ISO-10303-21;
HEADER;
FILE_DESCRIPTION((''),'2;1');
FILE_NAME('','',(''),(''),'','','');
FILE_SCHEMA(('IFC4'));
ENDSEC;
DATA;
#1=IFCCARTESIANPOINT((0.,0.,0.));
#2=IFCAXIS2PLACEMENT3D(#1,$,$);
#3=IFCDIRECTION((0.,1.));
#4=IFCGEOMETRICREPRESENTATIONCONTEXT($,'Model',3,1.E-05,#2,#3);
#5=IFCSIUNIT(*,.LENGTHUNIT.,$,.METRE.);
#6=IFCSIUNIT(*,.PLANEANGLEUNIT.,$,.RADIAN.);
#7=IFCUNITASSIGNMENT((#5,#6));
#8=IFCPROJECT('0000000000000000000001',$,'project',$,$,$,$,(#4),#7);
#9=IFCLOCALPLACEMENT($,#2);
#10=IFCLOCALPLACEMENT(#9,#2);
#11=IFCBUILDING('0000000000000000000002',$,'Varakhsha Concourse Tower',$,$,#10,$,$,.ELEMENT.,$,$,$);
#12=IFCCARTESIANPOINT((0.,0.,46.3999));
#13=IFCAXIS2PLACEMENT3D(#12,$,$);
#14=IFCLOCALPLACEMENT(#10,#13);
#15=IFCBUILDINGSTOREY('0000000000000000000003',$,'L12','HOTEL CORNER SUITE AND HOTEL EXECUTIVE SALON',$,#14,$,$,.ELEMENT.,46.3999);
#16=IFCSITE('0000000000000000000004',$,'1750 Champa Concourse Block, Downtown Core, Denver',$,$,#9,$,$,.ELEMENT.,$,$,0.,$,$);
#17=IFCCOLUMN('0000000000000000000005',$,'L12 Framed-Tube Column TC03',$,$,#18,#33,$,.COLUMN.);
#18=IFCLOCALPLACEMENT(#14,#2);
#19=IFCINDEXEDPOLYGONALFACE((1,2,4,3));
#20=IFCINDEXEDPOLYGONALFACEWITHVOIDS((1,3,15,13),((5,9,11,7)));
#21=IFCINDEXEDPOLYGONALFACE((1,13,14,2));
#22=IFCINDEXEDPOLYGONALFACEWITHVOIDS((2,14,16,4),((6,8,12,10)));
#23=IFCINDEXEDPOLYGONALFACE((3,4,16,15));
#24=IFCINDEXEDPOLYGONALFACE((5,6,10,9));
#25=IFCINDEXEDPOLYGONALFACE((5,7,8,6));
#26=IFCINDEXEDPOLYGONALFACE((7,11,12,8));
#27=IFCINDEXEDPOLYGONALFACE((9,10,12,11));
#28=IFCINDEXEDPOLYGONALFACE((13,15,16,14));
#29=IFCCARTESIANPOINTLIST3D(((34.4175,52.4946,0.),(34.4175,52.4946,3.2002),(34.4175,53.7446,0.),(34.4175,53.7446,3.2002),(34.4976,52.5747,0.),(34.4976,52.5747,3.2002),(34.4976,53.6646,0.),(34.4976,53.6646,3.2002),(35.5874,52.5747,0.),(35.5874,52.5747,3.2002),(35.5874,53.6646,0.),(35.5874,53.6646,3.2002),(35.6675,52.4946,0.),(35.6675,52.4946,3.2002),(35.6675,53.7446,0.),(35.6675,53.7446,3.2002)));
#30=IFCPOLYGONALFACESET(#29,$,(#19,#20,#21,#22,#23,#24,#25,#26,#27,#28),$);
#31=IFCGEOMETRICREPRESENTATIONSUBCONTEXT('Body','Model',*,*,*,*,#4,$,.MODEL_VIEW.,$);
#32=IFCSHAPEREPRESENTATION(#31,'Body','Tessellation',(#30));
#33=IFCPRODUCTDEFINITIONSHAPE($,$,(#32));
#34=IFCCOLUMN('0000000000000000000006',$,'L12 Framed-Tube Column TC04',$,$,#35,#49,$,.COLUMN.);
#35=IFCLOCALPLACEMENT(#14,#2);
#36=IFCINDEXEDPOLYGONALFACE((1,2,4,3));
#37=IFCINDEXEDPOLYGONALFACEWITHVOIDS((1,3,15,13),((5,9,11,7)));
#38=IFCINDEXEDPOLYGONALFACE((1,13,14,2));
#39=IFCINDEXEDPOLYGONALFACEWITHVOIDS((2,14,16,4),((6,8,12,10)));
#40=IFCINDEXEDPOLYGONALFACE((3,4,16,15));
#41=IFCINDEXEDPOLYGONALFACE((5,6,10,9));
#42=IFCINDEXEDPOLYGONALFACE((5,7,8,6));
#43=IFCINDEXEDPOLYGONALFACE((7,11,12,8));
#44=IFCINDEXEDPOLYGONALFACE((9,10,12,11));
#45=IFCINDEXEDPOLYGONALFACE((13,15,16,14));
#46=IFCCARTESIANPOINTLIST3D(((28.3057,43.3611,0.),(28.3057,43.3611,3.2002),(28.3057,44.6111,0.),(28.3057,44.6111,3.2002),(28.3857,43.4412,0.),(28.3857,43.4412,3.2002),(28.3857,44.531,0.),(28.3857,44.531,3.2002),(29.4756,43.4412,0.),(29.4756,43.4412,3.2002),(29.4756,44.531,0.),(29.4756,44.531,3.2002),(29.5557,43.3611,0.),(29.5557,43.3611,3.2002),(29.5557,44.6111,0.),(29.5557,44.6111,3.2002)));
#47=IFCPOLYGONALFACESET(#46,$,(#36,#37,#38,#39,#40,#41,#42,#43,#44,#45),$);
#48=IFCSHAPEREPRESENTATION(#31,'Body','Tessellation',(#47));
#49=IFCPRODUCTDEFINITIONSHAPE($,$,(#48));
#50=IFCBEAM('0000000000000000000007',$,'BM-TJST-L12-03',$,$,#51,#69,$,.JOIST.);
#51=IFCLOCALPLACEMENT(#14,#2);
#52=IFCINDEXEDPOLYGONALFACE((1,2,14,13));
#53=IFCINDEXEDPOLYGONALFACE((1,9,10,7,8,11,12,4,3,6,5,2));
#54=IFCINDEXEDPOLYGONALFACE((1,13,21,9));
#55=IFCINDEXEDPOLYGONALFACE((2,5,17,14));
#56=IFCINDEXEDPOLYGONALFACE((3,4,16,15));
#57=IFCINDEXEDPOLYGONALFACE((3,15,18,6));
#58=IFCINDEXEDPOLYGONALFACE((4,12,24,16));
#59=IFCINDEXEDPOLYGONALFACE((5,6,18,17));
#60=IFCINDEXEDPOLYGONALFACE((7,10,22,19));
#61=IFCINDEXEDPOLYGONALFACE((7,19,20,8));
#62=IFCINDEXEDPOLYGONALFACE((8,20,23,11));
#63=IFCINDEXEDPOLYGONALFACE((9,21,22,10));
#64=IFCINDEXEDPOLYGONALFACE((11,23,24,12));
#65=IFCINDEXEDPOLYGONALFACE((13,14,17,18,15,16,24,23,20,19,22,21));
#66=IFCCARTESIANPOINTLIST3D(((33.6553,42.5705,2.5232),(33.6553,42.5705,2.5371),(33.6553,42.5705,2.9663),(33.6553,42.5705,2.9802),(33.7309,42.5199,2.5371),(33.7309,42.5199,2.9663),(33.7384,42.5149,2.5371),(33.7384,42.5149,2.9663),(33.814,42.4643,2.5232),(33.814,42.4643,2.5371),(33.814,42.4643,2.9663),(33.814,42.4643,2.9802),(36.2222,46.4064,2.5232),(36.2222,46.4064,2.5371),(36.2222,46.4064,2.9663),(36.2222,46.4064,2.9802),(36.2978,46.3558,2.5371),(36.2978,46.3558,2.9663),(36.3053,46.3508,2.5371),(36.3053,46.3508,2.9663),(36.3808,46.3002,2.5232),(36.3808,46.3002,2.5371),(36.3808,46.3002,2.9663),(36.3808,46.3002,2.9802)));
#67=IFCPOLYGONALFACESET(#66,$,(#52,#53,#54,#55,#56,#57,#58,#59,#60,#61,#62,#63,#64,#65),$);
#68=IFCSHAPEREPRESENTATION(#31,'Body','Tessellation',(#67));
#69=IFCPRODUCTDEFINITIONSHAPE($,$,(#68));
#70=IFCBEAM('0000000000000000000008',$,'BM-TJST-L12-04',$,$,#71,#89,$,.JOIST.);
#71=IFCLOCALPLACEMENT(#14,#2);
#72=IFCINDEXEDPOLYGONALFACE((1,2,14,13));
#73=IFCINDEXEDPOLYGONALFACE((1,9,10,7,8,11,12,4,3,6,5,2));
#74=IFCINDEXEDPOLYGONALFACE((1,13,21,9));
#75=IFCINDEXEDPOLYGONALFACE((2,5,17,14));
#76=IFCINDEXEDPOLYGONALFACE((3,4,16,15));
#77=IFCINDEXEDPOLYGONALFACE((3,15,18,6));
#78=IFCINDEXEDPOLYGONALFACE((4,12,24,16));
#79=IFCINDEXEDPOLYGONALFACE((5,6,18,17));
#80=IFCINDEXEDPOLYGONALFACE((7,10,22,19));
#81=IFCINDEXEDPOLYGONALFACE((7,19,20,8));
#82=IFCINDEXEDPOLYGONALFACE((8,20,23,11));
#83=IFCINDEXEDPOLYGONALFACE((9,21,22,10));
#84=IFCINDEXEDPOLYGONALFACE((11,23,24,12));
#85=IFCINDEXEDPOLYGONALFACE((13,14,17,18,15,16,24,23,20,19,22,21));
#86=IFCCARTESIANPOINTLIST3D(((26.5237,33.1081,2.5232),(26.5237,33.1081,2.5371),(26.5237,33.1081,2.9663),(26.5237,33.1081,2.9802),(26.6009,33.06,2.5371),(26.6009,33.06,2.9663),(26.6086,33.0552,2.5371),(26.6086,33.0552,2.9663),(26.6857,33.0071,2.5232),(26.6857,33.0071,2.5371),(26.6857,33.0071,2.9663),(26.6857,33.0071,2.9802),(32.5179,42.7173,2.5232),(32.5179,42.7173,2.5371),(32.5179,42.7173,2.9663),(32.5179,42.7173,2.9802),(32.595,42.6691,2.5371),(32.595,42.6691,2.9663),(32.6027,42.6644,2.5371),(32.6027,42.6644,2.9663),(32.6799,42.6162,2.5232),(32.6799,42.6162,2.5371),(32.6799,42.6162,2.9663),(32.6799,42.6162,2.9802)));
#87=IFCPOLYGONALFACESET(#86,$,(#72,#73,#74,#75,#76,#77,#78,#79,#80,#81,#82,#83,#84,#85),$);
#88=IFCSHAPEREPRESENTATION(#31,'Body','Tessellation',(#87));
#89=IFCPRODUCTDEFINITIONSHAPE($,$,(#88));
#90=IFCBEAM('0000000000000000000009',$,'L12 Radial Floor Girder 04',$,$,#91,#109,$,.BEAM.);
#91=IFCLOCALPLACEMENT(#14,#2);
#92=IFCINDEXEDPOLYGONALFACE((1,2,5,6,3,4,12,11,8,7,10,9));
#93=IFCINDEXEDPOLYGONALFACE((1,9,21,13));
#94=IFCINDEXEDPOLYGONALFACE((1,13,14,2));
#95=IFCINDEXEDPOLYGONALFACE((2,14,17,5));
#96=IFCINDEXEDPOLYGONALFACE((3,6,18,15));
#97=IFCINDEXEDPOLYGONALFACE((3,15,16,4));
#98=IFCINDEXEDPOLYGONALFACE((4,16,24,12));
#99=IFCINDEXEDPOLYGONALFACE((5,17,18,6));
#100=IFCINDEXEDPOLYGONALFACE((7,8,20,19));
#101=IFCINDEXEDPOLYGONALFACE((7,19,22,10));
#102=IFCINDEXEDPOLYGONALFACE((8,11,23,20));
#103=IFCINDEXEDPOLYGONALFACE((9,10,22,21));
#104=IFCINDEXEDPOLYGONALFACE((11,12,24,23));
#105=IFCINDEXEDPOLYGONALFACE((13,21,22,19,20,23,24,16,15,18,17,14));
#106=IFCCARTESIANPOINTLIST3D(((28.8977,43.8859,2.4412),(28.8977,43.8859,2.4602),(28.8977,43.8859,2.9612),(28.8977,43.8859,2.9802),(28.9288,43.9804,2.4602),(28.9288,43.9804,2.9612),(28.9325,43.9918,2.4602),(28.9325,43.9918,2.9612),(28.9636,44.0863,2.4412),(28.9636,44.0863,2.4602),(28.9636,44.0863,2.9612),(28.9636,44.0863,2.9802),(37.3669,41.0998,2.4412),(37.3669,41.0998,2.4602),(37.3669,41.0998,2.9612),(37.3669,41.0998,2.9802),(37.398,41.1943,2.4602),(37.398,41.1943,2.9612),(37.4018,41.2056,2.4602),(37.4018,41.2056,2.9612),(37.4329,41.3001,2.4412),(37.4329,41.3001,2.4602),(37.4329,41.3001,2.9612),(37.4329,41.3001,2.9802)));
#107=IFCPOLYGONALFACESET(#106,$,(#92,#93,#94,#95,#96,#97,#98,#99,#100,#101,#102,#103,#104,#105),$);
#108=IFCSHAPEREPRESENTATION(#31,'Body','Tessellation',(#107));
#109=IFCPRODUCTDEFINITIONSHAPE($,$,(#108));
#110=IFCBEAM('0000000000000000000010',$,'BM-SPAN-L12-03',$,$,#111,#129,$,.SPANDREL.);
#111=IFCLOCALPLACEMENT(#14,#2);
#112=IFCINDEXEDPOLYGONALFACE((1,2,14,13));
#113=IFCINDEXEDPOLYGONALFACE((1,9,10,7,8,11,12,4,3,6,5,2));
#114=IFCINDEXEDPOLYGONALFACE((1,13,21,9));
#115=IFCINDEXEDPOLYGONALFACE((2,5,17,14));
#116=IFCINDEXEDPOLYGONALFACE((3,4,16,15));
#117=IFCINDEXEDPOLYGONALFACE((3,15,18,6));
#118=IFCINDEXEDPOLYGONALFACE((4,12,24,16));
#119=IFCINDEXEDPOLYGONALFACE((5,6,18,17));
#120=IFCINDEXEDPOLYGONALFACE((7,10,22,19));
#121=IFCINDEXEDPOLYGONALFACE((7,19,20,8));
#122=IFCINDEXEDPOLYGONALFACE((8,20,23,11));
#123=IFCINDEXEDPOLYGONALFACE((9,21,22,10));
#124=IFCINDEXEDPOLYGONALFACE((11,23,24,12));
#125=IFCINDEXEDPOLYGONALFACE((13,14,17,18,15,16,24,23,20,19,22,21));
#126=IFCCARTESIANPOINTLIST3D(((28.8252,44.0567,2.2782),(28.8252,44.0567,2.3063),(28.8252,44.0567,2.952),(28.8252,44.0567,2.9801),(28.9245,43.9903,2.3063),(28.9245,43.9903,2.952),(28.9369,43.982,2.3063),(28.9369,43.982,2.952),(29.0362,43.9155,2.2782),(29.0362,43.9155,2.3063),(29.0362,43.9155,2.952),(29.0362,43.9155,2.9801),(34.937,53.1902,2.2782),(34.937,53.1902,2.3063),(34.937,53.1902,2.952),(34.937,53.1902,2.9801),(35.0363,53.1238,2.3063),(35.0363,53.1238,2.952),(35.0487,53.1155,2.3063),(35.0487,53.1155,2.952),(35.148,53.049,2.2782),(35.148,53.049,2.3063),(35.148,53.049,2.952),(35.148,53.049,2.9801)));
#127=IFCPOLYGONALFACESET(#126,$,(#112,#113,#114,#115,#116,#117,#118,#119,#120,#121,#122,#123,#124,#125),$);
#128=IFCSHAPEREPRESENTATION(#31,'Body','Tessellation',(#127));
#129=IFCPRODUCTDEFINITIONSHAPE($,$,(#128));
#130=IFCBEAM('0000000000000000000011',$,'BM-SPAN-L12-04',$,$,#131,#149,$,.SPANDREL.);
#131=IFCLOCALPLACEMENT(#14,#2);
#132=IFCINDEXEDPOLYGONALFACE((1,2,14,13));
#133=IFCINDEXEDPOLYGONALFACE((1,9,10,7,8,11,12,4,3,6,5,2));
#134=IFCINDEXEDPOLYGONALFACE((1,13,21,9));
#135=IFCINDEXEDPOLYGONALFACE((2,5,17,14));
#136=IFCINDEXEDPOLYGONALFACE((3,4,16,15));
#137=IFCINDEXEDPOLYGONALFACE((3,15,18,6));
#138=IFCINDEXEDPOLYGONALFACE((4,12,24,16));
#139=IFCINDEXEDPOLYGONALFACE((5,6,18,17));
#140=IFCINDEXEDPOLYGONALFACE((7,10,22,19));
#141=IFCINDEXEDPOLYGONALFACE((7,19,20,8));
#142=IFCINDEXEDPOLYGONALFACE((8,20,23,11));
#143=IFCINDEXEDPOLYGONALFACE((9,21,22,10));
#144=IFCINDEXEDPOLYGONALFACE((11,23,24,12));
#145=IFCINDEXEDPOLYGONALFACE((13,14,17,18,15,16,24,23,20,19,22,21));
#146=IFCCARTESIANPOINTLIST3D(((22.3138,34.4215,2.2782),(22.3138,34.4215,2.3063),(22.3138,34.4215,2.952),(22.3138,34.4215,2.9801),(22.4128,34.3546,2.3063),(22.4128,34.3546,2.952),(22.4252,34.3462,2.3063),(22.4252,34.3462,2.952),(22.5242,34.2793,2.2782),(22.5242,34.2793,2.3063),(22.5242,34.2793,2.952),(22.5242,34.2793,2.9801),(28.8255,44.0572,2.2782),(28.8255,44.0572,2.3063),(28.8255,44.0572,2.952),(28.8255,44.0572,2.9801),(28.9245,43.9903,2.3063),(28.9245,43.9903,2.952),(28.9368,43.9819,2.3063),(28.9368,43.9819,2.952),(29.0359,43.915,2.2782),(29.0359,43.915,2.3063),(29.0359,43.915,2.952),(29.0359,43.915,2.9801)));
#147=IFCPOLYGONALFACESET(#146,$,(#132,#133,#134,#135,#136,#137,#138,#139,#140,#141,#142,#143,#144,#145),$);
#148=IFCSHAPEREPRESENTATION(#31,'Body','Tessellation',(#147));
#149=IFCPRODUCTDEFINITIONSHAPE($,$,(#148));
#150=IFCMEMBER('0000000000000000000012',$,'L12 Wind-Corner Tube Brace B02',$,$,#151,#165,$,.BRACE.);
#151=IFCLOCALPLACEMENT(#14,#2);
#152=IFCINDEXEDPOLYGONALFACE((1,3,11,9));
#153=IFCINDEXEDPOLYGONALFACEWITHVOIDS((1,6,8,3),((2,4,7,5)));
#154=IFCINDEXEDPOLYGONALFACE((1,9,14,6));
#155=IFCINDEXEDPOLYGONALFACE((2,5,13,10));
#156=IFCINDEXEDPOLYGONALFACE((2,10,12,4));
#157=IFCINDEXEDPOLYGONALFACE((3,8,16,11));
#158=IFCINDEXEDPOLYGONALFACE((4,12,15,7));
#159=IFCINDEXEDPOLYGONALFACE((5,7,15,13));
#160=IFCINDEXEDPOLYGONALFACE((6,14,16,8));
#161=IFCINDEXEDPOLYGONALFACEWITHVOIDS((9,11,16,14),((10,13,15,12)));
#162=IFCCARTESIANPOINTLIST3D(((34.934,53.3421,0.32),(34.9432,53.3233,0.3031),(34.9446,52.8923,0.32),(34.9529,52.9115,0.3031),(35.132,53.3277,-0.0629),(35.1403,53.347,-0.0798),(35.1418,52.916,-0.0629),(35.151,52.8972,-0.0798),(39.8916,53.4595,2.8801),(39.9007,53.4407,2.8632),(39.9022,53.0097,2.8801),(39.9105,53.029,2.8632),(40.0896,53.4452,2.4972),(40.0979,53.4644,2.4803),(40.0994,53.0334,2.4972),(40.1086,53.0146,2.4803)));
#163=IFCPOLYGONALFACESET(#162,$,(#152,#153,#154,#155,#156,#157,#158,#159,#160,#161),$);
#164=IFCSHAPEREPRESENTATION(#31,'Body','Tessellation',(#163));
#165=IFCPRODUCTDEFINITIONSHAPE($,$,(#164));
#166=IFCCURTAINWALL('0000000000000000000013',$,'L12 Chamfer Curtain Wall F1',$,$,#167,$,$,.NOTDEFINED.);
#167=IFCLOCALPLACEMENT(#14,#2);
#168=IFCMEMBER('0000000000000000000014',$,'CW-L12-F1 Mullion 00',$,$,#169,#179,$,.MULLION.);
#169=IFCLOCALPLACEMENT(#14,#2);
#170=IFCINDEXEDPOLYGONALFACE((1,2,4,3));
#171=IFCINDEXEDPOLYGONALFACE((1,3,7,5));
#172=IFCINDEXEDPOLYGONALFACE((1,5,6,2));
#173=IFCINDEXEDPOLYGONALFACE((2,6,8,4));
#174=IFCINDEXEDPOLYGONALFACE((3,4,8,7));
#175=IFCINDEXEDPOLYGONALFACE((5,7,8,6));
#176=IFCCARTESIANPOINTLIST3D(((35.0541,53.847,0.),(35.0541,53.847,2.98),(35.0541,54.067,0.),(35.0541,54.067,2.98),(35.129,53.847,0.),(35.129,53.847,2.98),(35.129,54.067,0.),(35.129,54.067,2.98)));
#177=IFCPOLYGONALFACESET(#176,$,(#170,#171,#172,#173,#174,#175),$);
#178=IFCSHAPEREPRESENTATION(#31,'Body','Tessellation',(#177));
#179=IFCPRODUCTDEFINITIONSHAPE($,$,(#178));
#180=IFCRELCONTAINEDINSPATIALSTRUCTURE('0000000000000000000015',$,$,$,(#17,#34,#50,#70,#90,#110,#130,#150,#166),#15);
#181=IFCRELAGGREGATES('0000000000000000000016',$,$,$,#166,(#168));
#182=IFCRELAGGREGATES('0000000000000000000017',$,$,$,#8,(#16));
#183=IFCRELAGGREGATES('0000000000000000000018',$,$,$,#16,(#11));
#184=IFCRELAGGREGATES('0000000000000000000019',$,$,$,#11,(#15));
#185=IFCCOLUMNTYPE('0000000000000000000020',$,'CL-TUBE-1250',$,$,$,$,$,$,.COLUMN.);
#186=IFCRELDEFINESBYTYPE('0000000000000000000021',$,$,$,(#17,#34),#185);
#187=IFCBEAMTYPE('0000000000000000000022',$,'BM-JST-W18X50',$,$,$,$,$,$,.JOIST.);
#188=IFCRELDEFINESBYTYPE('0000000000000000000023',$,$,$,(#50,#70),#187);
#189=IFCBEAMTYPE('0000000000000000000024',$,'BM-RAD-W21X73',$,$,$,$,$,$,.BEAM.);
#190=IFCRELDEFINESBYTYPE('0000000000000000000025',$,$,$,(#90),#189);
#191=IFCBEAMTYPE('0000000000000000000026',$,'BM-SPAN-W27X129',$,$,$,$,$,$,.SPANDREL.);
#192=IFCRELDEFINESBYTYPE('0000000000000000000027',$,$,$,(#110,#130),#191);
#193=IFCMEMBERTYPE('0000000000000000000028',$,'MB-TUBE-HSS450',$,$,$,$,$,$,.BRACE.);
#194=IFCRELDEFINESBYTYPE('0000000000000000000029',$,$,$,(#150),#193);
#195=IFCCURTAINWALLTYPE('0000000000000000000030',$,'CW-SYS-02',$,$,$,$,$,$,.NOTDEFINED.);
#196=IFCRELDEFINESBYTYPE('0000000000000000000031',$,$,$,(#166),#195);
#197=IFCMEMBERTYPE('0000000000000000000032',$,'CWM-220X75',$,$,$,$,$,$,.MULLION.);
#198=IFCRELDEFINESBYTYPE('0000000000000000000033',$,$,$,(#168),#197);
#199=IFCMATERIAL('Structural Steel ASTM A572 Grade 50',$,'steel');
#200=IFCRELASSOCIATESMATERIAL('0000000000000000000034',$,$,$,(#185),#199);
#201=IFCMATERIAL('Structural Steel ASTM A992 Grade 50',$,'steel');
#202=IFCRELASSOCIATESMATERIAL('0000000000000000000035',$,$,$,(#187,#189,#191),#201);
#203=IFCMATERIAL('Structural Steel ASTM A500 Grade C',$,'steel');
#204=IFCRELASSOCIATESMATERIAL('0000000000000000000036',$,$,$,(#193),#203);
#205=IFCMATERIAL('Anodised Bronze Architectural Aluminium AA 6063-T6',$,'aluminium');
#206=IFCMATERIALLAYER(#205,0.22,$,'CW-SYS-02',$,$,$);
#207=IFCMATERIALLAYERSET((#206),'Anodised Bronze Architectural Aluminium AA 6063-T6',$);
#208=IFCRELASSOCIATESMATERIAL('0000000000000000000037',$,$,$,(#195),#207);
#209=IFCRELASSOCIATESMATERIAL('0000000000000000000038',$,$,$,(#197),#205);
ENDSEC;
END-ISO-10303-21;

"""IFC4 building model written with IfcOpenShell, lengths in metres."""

from ifc_helpers import new_model, si_unit, direction, frame, origin, origin_2d, place, context, subcontext, project, spatial, rectangle, hollow_rectangle, i_section, extrude, source, transform, mapped, material, layer, layer_set, material_profile, profile_set, type_object, type_shapes, element, aggregate, save


model = new_model("IFC4")

# Units and contexts
model_context = context("Model", 3, precision=1e-05, world=origin(), true_north=direction((0.0, 1.0)))
body_context = subcontext(model_context, "Body", "Model", "MODEL_VIEW")
ifc_project = project(units=[si_unit("LENGTHUNIT", "METRE"), si_unit("PLANEANGLEUNIT", "RADIAN")], contexts=[model_context])

# Site, building, storey
site_placement = place(None, origin())
site = spatial("IfcSite", under=ifc_project, at=site_placement, Name="1750 Champa Concourse Block, Downtown Core, Denver", CompositionType="ELEMENT", RefElevation=0.0)
building_placement = place(site_placement, origin())
building = spatial("IfcBuilding", under=site, at=building_placement, Name="Varakhsha Concourse Tower", CompositionType="ELEMENT")
storey_placement = place(building_placement, frame((0.0, 0.0, 46.3999)))
storey = spatial("IfcBuildingStorey", under=building, at=storey_placement, Name="L12", Description="HOTEL CORNER SUITE AND HOTEL EXECUTIVE SALON", CompositionType="ELEMENT", Elevation=46.3999)

# Columns
ifc_material_1 = material(Name="Structural Steel ASTM A572 Grade 50", Category="steel")
ifc_material_profile_1 = material_profile(ifc_material_1, hollow_rectangle(XDim=1.25, YDim=1.25, WallThickness=0.0801, at=origin_2d()), Name="BOX 1250x1250x80")
ifc_profile_set_1 = profile_set([ifc_material_profile_1], Name="Structural Steel ASTM A572 Grade 50")
column_type = type_object("IfcColumnType", Name="CL-TUBE-1250", PredefinedType="COLUMN", material=ifc_profile_set_1)
for number, where, z_axis, x_axis, name in (
    (1, (35.0425, 53.1196, 0.0), (0.0, 0.0, 1.0), (1.0, 0.0, 0.0), "L12 Framed-Tube Column TC03"),
    (2, (28.9307, 43.9861, 0.0), (0.0, 0.0, 1.0), (1.0, 0.0, 0.0), "L12 Framed-Tube Column TC04"),
):
    element("IfcColumn", number, at=place(storey_placement, frame(where, z_axis=z_axis, x_axis=x_axis)), inside=storey, type_object=column_type, Name=name, PredefinedType="COLUMN", context=body_context, shape_type="SweptSolid", body=[
        extrude(hollow_rectangle(XDim=1.25, YDim=1.25, WallThickness=0.0801, at=origin_2d()), origin(), (0.0, 0.0, 1.0), 3.2002),
    ])

# Beams
ifc_material_2 = material(Name="Structural Steel ASTM A992 Grade 50", Category="steel")
ifc_material_profile_2 = material_profile(ifc_material_2, i_section(OverallWidth=0.1909, OverallDepth=0.457, WebThickness=0.009, FlangeThickness=0.0139, at=origin_2d()), Name="W18X50")
ifc_profile_set_2 = profile_set([ifc_material_profile_2], Name="Structural Steel ASTM A992 Grade 50")
beam_type_1 = type_object("IfcBeamType", Name="BM-JST-W18X50", PredefinedType="JOIST", material=ifc_profile_set_2)
beam_1_placement = place(storey_placement, frame((36.3015, 46.3533, 2.7517), z_axis=(-0.55614, -0.831089, 0.0), x_axis=(0.831089, -0.55614, 0.0)))
element("IfcBeam", 3, at=beam_1_placement, inside=storey, type_object=beam_type_1, Name="BM-TJST-L12-03", PredefinedType="JOIST", context=body_context, shape_type="SweptSolid", body=[
    extrude(i_section(OverallWidth=0.1909, OverallDepth=0.457, WebThickness=0.009, FlangeThickness=0.0139, at=origin_2d()), origin(), (0.0, 0.0, 1.0), 4.6155),
])
beam_2_placement = place(storey_placement, frame((32.5989, 42.6667, 2.7517), z_axis=(-0.529264, -0.848457, 0.0), x_axis=(0.848457, -0.529264, 0.0)))
element("IfcBeam", 4, at=beam_2_placement, inside=storey, type_object=beam_type_1, Name="BM-TJST-L12-04", PredefinedType="JOIST", context=body_context, shape_type="SweptSolid", body=[
    extrude(i_section(OverallWidth=0.1909, OverallDepth=0.457, WebThickness=0.009, FlangeThickness=0.0139, at=origin_2d()), origin(), (0.0, 0.0, 1.0), 11.3254),
])
ifc_material_profile_3 = material_profile(ifc_material_2, i_section(OverallWidth=0.2109, OverallDepth=0.5391, WebThickness=0.012, FlangeThickness=0.019, at=origin_2d()), Name="W21X73")
ifc_profile_set_3 = profile_set([ifc_material_profile_3], Name="Structural Steel ASTM A992 Grade 50")
beam_type_2 = type_object("IfcBeamType", Name="BM-RAD-W21X73", PredefinedType="BEAM", material=ifc_profile_set_3)
beam_3_placement = place(storey_placement, frame((37.3999, 41.2, 2.7107), z_axis=(-0.949919, 0.312496, 0.0), x_axis=(-0.312496, -0.949919, 0.0)))
element("IfcBeam", 5, at=beam_3_placement, inside=storey, type_object=beam_type_2, Name="L12 Radial Floor Girder 04", PredefinedType="BEAM", context=body_context, shape_type="SweptSolid", body=[
    extrude(i_section(OverallWidth=0.2109, OverallDepth=0.5391, WebThickness=0.012, FlangeThickness=0.019, at=origin_2d()), origin(), (0.0, 0.0, 1.0), 8.9158),
])
ifc_material_profile_4 = material_profile(ifc_material_2, i_section(OverallWidth=0.2539, OverallDepth=0.7019, WebThickness=0.0149, FlangeThickness=0.0281, at=origin_2d()), Name="W27X129")
ifc_profile_set_4 = profile_set([ifc_material_profile_4], Name="Structural Steel ASTM A992 Grade 50")
beam_type_3 = type_object("IfcBeamType", Name="BM-SPAN-W27X129", PredefinedType="SPANDREL", material=ifc_profile_set_4)
beam_4_placement = place(storey_placement, frame((35.0425, 53.1196, 2.6292), z_axis=(-0.556135, -0.831092, 0.0), x_axis=(0.831092, -0.556135, 0.0)))
element("IfcBeam", 6, at=beam_4_placement, inside=storey, type_object=beam_type_3, Name="BM-SPAN-L12-03", PredefinedType="SPANDREL", context=body_context, shape_type="SweptSolid", body=[
    extrude(i_section(OverallWidth=0.2539, OverallDepth=0.7019, WebThickness=0.0149, FlangeThickness=0.0281, at=origin_2d()), origin(), (0.0, 0.0, 1.0), 10.9897),
])
beam_5_placement = place(storey_placement, frame((28.9307, 43.9861, 2.6292), z_axis=(-0.559921, -0.828546, 0.0), x_axis=(0.828546, -0.559921, 0.0)))
element("IfcBeam", 7, at=beam_5_placement, inside=storey, type_object=beam_type_3, Name="BM-SPAN-L12-04", PredefinedType="SPANDREL", context=body_context, shape_type="SweptSolid", body=[
    extrude(i_section(OverallWidth=0.2539, OverallDepth=0.7019, WebThickness=0.0149, FlangeThickness=0.0281, at=origin_2d()), origin(), (0.0, 0.0, 1.0), 11.6296),
])

# Member
ifc_material_3 = material(Name="Structural Steel ASTM A500 Grade C", Category="steel")
ifc_material_profile_5 = material_profile(ifc_material_3, hollow_rectangle(XDim=0.45, YDim=0.45, WallThickness=0.019, at=origin_2d()), Name="HSS 450x450x19")
ifc_profile_set_5 = profile_set([ifc_material_profile_5], Name="Structural Steel ASTM A500 Grade C")
member_type_1 = type_object("IfcMemberType", Name="MB-TUBE-HSS450", PredefinedType="BRACE", material=ifc_profile_set_5)
shared_shape_1 = source(origin(), body_context, "Body", "SweptSolid", [
    extrude(hollow_rectangle(XDim=0.45, YDim=0.45, WallThickness=0.019, at=origin_2d()), origin(), (0.0, 0.0, 1.0), 5.5808),
])
type_shapes(member_type_1, [shared_shape_1])
member_1_placement = place(storey_placement, frame((35.0425, 53.1196, 0.1201), z_axis=(0.888326, 0.021042, 0.458731), x_axis=(-0.023681, 0.99972, 0.0)))
element("IfcMember", 8, at=member_1_placement, inside=storey, type_object=member_type_1, Name="L12 Wind-Corner Tube Brace B02", PredefinedType="BRACE", context=body_context, shape_type="MappedRepresentation", body=[
    mapped(shared_shape_1, transform((0.0, 0.0, 0.0), scale=1.0)),
])

# Curtain wall, member
ifc_material_4 = material(Name="Anodised Bronze Architectural Aluminium AA 6063-T6", Category="aluminium")
ifc_layer_1 = layer(ifc_material_4, 0.22, Name="CW-SYS-02")
ifc_layer_set_1 = layer_set([ifc_layer_1], Name="Anodised Bronze Architectural Aluminium AA 6063-T6")
curtain_wall_type = type_object("IfcCurtainWallType", Name="CW-SYS-02", PredefinedType="NOTDEFINED", material=ifc_layer_set_1)
curtain_wall_1_placement = place(storey_placement, origin())
curtain_wall_1 = element("IfcCurtainWall", 9, at=curtain_wall_1_placement, inside=storey, type_object=curtain_wall_type, Name="L12 Chamfer Curtain Wall F1", PredefinedType="NOTDEFINED")
ifc_material_profile_6 = material_profile(ifc_material_4, rectangle(XDim=0.075, YDim=0.22, at=origin_2d()), Name="CWM-220X75")
ifc_profile_set_6 = profile_set([ifc_material_profile_6], Name="Anodised Bronze Architectural Aluminium AA 6063-T6")
member_type_2 = type_object("IfcMemberType", Name="CWM-220X75", PredefinedType="MULLION", material=ifc_profile_set_6)
shared_shape_2 = source(origin(), body_context, "Body", "SweptSolid", [
    extrude(rectangle(XDim=0.075, YDim=0.22, at=origin_2d()), origin(), (0.0, 0.0, 1.0), 2.98),
])
type_shapes(member_type_2, [shared_shape_2])
member_2_placement = place(storey_placement, frame((35.0916, 53.957, 0.0), z_axis=(0.0, 0.0, 1.0), x_axis=(1.0, 0.0, 0.0)))
member_2 = element("IfcMember", 10, at=member_2_placement, type_object=member_type_2, Name="CW-L12-F1 Mullion 00", PredefinedType="MULLION", context=body_context, shape_type="MappedRepresentation", body=[
    mapped(shared_shape_2, transform((0.0, 0.0, 0.0), scale=1.0)),
])

aggregate(curtain_wall_1, [member_2])

save(model, "model.ifc")
